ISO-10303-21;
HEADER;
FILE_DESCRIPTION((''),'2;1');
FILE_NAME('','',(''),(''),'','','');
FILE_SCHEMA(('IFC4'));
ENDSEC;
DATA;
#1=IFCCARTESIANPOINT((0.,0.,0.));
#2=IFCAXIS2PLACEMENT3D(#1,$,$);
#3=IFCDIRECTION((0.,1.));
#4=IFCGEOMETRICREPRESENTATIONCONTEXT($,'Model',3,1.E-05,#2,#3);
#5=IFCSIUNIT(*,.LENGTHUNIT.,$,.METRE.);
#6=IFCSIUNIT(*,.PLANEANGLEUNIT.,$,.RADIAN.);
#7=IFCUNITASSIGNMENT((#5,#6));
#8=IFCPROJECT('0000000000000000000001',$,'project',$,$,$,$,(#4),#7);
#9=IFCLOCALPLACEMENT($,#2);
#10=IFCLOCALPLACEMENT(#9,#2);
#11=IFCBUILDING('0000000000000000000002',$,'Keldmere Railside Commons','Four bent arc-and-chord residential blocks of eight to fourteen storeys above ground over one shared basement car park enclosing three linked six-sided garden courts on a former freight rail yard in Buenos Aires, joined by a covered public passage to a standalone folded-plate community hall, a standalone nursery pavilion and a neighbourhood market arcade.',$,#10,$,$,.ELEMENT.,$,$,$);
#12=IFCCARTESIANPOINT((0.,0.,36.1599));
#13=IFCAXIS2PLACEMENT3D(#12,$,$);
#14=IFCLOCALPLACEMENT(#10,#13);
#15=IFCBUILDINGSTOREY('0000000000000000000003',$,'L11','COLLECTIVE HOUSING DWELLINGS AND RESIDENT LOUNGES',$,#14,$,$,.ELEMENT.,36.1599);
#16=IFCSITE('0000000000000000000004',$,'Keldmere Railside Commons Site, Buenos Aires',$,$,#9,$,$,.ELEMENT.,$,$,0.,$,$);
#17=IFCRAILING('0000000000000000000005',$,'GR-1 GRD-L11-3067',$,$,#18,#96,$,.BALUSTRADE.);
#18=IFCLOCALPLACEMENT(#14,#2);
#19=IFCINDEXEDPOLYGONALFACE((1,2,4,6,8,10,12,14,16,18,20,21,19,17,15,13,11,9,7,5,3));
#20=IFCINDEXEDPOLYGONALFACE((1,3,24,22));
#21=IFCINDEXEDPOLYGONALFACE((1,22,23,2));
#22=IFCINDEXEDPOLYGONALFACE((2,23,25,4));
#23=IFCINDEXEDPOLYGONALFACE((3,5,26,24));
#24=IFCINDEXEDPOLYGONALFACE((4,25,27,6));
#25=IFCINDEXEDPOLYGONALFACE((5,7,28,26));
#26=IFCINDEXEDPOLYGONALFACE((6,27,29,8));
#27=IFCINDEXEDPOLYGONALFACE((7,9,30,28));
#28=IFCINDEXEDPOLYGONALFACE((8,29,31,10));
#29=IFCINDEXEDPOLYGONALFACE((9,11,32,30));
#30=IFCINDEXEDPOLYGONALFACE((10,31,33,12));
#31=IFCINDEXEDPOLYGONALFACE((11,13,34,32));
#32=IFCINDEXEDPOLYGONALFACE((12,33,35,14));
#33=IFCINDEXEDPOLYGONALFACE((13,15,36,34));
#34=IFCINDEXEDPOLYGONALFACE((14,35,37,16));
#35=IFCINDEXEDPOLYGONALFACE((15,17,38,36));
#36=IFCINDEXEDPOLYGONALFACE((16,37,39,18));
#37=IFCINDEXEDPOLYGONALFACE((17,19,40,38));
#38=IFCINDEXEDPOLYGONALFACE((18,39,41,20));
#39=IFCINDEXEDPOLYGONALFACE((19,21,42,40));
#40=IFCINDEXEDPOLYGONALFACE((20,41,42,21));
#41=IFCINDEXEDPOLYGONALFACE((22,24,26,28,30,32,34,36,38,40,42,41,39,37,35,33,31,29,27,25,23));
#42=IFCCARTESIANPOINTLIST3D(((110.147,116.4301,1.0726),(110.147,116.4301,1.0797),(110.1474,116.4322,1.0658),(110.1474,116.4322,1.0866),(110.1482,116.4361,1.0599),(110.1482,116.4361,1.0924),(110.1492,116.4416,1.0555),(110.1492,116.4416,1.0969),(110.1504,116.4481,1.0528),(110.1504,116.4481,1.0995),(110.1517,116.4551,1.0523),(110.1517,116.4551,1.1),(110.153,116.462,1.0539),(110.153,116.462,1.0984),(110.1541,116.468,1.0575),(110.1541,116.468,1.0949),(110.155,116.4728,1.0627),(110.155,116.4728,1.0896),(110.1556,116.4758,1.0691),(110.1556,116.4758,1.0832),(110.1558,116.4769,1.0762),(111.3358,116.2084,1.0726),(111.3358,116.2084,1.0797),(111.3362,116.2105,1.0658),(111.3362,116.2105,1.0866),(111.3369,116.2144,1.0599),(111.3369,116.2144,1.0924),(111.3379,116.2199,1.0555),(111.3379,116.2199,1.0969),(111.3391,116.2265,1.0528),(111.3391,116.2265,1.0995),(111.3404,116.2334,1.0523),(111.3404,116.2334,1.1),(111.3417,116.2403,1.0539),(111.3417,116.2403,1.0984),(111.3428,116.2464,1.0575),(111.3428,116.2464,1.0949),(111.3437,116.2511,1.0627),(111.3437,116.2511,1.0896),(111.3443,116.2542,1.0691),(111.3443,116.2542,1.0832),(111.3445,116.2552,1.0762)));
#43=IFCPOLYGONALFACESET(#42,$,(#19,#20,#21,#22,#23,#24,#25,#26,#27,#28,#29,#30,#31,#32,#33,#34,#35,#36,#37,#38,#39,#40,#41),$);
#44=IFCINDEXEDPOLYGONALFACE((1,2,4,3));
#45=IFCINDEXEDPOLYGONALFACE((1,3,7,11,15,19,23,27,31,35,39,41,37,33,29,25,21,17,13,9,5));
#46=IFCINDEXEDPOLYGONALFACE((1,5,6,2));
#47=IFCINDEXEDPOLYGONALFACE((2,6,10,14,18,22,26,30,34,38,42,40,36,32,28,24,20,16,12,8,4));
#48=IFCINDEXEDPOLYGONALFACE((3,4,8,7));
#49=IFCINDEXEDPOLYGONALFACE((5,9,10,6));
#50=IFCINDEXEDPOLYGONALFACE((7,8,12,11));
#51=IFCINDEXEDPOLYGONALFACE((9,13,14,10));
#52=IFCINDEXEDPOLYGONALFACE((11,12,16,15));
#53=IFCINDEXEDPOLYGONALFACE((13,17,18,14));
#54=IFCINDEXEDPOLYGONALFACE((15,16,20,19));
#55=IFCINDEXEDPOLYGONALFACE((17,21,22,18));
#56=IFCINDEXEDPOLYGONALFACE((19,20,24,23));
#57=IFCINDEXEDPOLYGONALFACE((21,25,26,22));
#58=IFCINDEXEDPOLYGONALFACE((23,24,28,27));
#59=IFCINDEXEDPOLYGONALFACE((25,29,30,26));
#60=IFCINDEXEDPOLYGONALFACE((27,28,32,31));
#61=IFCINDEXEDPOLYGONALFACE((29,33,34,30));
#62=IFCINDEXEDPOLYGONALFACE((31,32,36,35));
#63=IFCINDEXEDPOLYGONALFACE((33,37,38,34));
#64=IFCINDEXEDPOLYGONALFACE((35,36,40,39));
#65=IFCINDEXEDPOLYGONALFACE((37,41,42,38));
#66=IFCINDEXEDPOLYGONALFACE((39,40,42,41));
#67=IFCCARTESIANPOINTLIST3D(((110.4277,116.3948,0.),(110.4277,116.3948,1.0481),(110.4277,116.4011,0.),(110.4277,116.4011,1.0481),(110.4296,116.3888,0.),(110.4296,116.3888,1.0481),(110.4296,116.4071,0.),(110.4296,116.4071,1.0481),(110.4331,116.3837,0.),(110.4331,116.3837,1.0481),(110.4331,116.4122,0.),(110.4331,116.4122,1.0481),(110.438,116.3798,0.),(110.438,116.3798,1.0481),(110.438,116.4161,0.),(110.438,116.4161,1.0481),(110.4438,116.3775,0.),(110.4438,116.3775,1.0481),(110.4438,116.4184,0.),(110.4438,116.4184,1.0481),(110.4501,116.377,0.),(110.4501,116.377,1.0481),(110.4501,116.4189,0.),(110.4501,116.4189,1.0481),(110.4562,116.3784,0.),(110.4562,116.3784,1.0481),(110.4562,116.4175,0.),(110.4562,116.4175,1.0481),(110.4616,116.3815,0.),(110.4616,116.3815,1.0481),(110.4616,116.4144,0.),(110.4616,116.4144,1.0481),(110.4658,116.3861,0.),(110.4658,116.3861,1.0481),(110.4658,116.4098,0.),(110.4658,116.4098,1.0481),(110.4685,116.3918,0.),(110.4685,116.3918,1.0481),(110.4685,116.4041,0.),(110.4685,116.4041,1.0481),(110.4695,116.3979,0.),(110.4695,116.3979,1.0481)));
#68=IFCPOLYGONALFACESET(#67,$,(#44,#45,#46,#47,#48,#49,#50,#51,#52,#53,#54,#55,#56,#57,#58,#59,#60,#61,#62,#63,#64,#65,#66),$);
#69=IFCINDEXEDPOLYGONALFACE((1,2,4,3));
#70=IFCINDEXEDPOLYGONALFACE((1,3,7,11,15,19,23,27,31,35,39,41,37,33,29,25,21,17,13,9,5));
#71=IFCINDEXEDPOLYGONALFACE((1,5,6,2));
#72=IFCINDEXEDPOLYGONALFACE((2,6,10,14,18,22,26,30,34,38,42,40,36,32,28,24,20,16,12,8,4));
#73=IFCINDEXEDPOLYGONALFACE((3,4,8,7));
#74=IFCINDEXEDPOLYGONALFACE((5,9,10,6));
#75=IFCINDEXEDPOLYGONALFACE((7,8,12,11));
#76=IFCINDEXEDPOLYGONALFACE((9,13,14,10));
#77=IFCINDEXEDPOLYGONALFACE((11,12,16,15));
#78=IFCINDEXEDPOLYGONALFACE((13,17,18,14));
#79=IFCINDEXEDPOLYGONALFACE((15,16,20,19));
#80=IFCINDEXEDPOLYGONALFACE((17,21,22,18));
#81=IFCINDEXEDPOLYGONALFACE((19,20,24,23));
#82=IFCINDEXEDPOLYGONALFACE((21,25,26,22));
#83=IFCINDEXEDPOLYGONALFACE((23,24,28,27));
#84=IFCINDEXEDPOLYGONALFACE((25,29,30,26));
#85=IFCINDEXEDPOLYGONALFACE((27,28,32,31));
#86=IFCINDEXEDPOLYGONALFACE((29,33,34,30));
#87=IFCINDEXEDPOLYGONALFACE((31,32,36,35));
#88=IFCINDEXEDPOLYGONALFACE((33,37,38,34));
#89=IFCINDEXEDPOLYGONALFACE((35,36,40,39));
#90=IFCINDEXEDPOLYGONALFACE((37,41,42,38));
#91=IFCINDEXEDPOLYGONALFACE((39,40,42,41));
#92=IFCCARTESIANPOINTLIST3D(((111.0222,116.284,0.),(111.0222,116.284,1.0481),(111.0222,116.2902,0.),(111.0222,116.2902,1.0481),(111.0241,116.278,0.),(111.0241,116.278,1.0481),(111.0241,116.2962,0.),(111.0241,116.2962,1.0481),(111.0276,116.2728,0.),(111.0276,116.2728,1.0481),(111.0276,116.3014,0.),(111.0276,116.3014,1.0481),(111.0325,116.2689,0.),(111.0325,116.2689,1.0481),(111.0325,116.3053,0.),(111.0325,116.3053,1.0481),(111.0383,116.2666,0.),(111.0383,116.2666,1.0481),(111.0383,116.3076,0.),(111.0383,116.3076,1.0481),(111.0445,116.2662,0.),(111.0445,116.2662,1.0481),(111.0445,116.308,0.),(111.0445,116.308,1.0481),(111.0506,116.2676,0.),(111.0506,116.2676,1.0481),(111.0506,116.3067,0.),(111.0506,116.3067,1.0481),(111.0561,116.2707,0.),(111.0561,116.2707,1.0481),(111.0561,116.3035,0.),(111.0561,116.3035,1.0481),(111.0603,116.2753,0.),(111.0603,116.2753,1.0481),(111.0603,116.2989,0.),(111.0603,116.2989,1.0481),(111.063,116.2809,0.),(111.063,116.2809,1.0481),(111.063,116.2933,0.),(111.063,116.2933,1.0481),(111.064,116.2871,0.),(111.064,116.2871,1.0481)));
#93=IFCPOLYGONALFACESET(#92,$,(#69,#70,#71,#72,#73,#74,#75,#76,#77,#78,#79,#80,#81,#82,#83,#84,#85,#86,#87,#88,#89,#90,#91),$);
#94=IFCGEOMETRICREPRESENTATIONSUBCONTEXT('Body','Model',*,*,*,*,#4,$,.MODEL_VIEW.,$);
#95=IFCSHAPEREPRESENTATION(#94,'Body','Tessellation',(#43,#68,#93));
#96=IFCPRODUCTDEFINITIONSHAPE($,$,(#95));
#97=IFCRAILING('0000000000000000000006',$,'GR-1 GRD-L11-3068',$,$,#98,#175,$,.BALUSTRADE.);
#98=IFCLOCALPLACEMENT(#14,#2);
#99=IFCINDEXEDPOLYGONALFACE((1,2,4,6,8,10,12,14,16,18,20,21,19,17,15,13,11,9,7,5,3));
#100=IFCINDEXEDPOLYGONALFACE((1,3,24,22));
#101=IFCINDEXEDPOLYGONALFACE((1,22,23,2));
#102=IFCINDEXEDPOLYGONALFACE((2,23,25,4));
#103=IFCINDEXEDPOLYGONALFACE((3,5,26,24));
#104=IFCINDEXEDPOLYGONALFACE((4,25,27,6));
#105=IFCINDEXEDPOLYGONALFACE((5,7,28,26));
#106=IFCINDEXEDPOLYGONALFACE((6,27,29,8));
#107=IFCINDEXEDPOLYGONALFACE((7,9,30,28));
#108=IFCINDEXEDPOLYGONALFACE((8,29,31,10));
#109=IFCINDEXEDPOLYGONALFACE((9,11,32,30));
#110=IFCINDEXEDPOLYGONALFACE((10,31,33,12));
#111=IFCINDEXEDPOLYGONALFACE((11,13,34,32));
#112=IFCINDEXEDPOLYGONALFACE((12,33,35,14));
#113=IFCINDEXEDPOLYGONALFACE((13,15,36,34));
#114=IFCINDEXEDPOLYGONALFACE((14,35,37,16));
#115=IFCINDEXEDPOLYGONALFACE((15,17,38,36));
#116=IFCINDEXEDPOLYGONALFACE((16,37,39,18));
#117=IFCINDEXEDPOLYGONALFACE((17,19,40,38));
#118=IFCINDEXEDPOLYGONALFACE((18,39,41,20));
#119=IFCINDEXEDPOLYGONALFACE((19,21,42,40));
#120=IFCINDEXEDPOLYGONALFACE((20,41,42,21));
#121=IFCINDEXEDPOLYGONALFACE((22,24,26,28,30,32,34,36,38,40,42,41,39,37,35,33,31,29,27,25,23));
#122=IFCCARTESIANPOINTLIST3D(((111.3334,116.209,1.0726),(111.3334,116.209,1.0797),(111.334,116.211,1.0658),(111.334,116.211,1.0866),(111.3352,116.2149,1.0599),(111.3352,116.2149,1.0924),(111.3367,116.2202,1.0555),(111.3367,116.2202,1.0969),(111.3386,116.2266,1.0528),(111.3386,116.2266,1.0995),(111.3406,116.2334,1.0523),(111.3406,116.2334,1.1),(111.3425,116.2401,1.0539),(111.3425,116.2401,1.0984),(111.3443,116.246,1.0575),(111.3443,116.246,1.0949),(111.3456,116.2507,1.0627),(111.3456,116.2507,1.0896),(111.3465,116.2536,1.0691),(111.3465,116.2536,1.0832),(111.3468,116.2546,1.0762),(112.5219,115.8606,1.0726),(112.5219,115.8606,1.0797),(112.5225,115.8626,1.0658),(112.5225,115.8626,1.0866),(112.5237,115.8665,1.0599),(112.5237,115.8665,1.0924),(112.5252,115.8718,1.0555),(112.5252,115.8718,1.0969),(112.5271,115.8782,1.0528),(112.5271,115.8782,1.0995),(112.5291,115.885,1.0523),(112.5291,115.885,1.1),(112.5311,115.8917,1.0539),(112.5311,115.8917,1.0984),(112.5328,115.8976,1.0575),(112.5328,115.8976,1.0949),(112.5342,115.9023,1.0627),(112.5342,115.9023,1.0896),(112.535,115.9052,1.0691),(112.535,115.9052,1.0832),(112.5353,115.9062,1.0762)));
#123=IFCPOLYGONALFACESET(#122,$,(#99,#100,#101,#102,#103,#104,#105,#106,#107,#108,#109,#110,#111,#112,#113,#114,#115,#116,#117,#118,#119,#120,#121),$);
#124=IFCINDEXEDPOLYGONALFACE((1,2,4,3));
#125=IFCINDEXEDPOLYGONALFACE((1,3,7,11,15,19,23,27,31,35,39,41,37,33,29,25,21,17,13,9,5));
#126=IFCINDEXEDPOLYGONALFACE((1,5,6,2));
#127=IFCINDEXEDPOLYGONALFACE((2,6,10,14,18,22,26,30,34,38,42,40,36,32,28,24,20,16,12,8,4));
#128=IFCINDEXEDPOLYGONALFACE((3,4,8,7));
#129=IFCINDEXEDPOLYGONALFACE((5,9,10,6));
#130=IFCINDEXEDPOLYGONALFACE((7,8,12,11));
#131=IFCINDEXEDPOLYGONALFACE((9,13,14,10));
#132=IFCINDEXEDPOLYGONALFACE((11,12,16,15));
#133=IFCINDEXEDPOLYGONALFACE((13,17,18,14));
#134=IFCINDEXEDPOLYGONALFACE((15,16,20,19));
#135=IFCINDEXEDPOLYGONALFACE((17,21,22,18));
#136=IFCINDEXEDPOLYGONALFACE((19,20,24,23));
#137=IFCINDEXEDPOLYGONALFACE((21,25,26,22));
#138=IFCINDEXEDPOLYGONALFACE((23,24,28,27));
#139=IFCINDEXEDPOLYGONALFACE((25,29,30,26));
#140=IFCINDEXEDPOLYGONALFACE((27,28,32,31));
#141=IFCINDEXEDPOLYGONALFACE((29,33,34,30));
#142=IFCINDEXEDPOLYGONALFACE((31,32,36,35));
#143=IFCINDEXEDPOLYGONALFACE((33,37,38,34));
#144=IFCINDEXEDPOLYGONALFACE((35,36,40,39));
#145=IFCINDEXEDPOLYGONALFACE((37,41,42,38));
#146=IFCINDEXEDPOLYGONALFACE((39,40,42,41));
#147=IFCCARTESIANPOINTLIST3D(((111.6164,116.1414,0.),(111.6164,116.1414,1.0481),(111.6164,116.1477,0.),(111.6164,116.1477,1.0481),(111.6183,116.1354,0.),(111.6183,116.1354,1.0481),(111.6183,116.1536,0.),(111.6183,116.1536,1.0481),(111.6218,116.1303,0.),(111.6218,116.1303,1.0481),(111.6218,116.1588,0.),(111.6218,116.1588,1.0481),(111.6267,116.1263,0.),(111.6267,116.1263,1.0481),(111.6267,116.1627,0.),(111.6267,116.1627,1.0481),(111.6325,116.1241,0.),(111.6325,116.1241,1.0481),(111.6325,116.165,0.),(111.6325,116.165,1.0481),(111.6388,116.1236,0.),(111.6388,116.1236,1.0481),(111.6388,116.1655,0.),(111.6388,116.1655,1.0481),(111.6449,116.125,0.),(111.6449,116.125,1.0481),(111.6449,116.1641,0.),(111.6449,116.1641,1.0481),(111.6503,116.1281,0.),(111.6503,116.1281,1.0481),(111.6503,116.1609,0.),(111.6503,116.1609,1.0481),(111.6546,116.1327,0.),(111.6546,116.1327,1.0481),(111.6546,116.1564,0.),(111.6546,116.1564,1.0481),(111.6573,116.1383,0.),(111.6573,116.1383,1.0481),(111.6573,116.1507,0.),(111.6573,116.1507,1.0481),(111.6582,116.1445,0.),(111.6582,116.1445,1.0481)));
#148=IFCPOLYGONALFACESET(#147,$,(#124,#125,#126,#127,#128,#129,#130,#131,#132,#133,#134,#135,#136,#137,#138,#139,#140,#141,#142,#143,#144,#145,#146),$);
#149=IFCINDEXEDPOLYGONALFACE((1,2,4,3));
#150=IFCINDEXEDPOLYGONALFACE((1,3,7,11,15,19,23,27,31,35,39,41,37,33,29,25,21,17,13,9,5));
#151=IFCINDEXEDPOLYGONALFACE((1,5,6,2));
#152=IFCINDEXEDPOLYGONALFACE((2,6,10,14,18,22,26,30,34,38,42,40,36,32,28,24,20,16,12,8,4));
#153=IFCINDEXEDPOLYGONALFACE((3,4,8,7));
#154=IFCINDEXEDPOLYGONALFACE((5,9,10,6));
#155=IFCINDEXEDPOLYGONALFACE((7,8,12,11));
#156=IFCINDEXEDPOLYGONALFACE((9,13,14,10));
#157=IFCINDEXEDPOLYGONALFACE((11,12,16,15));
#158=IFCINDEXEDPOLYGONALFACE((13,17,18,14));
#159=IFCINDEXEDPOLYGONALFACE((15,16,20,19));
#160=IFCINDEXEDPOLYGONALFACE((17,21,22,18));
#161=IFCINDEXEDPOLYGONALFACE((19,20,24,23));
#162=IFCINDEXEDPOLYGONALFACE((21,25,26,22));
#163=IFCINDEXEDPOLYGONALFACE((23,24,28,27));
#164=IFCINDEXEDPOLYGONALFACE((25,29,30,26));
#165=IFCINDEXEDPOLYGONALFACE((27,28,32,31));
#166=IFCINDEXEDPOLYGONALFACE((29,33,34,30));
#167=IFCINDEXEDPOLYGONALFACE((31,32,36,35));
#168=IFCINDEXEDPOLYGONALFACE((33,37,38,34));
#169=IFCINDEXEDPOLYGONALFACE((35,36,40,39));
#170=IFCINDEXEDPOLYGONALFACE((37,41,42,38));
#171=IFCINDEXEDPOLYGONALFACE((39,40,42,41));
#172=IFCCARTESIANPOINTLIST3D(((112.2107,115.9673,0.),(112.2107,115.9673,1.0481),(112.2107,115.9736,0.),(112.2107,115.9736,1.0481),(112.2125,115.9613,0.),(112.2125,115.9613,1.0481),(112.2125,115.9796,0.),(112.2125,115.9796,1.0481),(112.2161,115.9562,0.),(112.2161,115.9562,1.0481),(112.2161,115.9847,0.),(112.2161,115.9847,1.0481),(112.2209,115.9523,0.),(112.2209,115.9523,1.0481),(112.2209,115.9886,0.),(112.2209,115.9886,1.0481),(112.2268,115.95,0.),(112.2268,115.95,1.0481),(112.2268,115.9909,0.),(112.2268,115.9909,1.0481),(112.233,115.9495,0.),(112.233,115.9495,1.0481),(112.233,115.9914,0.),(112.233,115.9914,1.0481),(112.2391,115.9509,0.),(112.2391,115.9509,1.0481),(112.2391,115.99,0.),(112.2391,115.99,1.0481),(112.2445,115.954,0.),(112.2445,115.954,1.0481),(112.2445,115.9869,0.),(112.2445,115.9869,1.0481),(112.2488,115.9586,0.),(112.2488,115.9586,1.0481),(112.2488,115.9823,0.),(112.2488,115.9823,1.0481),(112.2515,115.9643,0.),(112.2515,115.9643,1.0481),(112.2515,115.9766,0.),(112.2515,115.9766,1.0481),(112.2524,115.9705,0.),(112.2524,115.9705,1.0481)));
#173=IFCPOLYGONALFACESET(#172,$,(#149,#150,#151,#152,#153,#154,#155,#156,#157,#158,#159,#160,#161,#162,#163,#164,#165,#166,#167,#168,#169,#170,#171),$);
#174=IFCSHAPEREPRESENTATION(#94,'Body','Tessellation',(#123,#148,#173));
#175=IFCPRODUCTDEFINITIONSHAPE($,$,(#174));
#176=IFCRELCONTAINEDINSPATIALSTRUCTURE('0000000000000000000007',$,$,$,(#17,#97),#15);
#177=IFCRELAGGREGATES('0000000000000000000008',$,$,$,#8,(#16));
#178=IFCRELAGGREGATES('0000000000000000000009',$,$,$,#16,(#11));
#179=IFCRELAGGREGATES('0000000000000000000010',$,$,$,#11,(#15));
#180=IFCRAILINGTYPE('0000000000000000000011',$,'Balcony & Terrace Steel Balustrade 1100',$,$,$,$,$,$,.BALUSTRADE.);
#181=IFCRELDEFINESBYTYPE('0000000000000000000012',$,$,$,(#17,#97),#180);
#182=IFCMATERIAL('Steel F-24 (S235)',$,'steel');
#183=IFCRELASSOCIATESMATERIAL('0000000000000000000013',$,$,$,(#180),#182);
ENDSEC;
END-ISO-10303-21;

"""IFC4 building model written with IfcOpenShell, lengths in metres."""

from ifc_helpers import new_model, si_unit, direction, frame, origin, origin_2d, place, context, subcontext, project, spatial, circle, extrude, material, type_object, element, save


model = new_model("IFC4")

# Units and contexts
model_context = context("Model", 3, precision=1e-05, world=origin(), true_north=direction((0.0, 1.0)))
body_context = subcontext(model_context, "Body", "Model", "MODEL_VIEW")
ifc_project = project(units=[si_unit("LENGTHUNIT", "METRE"), si_unit("PLANEANGLEUNIT", "RADIAN")], contexts=[model_context])

# Site, building, storey
site_placement = place(None, origin())
site = spatial("IfcSite", under=ifc_project, at=site_placement, Name="Keldmere Railside Commons Site, Buenos Aires", CompositionType="ELEMENT", RefElevation=0.0)
building_placement = place(site_placement, origin())
building = spatial("IfcBuilding", under=site, at=building_placement, Name="Keldmere Railside Commons", Description="Four bent arc-and-chord residential blocks of eight to fourteen storeys above ground over one shared basement car park enclosing three linked six-sided garden courts on a former freight rail yard in Buenos Aires, joined by a covered public passage to a standalone folded-plate community hall, a standalone nursery pavilion and a neighbourhood market arcade.", CompositionType="ELEMENT")
storey_placement = place(building_placement, frame((0.0, 0.0, 36.1599)))
storey = spatial("IfcBuildingStorey", under=building, at=storey_placement, Name="L11", Description="COLLECTIVE HOUSING DWELLINGS AND RESIDENT LOUNGES", CompositionType="ELEMENT", Elevation=36.1599)

# Shared definitions
ifc_material_1 = material(Name="Steel F-24 (S235)", Category="steel")

# Railings
railing_type = type_object("IfcRailingType", Name="Balcony & Terrace Steel Balustrade 1100", PredefinedType="BALUSTRADE", material=ifc_material_1)
railing_1_placement = place(storey_placement, frame((110.1514, 116.4534, 0.0)))
element("IfcRailing", 1, at=railing_1_placement, inside=storey, type_object=railing_type, Name="GR-1 GRD-L11-3067", PredefinedType="BALUSTRADE", context=body_context, shape_type="SweptSolid", body=[
    extrude(circle(Radius=0.0239, at=origin_2d()), frame((0.0, 0.0, 1.0762), z_axis=(0.983052, -0.183325, 0.0), x_axis=(0.183325, 0.983052, 0.0)), (0.0, 0.0, 1.0), 1.2092),
    extrude(circle(Radius=0.021, at=origin_2d()), frame((0.2971, -0.0554, 0.0)), (0.0, 0.0, 1.0), 1.0481),
    extrude(circle(Radius=0.021, at=origin_2d()), frame((0.8916, -0.1663, 0.0)), (0.0, 0.0, 1.0), 1.0481),
])
railing_2_placement = place(storey_placement, frame((111.3401, 116.2317, 0.0)))
element("IfcRailing", 2, at=railing_2_placement, inside=storey, type_object=railing_type, Name="GR-1 GRD-L11-3068", PredefinedType="BALUSTRADE", context=body_context, shape_type="SweptSolid", body=[
    extrude(circle(Radius=0.0239, at=origin_2d()), frame((0.0, 0.0, 1.0762), z_axis=(0.959619, -0.281302, 0.0), x_axis=(0.281302, 0.959619, 0.0)), (0.0, 0.0, 1.0), 1.2385),
    extrude(circle(Radius=0.021, at=origin_2d()), frame((0.2971, -0.0872, 0.0)), (0.0, 0.0, 1.0), 1.0481),
    extrude(circle(Radius=0.021, at=origin_2d()), frame((0.8914, -0.2612, 0.0)), (0.0, 0.0, 1.0), 1.0481),
])

save(model, "model.ifc")
